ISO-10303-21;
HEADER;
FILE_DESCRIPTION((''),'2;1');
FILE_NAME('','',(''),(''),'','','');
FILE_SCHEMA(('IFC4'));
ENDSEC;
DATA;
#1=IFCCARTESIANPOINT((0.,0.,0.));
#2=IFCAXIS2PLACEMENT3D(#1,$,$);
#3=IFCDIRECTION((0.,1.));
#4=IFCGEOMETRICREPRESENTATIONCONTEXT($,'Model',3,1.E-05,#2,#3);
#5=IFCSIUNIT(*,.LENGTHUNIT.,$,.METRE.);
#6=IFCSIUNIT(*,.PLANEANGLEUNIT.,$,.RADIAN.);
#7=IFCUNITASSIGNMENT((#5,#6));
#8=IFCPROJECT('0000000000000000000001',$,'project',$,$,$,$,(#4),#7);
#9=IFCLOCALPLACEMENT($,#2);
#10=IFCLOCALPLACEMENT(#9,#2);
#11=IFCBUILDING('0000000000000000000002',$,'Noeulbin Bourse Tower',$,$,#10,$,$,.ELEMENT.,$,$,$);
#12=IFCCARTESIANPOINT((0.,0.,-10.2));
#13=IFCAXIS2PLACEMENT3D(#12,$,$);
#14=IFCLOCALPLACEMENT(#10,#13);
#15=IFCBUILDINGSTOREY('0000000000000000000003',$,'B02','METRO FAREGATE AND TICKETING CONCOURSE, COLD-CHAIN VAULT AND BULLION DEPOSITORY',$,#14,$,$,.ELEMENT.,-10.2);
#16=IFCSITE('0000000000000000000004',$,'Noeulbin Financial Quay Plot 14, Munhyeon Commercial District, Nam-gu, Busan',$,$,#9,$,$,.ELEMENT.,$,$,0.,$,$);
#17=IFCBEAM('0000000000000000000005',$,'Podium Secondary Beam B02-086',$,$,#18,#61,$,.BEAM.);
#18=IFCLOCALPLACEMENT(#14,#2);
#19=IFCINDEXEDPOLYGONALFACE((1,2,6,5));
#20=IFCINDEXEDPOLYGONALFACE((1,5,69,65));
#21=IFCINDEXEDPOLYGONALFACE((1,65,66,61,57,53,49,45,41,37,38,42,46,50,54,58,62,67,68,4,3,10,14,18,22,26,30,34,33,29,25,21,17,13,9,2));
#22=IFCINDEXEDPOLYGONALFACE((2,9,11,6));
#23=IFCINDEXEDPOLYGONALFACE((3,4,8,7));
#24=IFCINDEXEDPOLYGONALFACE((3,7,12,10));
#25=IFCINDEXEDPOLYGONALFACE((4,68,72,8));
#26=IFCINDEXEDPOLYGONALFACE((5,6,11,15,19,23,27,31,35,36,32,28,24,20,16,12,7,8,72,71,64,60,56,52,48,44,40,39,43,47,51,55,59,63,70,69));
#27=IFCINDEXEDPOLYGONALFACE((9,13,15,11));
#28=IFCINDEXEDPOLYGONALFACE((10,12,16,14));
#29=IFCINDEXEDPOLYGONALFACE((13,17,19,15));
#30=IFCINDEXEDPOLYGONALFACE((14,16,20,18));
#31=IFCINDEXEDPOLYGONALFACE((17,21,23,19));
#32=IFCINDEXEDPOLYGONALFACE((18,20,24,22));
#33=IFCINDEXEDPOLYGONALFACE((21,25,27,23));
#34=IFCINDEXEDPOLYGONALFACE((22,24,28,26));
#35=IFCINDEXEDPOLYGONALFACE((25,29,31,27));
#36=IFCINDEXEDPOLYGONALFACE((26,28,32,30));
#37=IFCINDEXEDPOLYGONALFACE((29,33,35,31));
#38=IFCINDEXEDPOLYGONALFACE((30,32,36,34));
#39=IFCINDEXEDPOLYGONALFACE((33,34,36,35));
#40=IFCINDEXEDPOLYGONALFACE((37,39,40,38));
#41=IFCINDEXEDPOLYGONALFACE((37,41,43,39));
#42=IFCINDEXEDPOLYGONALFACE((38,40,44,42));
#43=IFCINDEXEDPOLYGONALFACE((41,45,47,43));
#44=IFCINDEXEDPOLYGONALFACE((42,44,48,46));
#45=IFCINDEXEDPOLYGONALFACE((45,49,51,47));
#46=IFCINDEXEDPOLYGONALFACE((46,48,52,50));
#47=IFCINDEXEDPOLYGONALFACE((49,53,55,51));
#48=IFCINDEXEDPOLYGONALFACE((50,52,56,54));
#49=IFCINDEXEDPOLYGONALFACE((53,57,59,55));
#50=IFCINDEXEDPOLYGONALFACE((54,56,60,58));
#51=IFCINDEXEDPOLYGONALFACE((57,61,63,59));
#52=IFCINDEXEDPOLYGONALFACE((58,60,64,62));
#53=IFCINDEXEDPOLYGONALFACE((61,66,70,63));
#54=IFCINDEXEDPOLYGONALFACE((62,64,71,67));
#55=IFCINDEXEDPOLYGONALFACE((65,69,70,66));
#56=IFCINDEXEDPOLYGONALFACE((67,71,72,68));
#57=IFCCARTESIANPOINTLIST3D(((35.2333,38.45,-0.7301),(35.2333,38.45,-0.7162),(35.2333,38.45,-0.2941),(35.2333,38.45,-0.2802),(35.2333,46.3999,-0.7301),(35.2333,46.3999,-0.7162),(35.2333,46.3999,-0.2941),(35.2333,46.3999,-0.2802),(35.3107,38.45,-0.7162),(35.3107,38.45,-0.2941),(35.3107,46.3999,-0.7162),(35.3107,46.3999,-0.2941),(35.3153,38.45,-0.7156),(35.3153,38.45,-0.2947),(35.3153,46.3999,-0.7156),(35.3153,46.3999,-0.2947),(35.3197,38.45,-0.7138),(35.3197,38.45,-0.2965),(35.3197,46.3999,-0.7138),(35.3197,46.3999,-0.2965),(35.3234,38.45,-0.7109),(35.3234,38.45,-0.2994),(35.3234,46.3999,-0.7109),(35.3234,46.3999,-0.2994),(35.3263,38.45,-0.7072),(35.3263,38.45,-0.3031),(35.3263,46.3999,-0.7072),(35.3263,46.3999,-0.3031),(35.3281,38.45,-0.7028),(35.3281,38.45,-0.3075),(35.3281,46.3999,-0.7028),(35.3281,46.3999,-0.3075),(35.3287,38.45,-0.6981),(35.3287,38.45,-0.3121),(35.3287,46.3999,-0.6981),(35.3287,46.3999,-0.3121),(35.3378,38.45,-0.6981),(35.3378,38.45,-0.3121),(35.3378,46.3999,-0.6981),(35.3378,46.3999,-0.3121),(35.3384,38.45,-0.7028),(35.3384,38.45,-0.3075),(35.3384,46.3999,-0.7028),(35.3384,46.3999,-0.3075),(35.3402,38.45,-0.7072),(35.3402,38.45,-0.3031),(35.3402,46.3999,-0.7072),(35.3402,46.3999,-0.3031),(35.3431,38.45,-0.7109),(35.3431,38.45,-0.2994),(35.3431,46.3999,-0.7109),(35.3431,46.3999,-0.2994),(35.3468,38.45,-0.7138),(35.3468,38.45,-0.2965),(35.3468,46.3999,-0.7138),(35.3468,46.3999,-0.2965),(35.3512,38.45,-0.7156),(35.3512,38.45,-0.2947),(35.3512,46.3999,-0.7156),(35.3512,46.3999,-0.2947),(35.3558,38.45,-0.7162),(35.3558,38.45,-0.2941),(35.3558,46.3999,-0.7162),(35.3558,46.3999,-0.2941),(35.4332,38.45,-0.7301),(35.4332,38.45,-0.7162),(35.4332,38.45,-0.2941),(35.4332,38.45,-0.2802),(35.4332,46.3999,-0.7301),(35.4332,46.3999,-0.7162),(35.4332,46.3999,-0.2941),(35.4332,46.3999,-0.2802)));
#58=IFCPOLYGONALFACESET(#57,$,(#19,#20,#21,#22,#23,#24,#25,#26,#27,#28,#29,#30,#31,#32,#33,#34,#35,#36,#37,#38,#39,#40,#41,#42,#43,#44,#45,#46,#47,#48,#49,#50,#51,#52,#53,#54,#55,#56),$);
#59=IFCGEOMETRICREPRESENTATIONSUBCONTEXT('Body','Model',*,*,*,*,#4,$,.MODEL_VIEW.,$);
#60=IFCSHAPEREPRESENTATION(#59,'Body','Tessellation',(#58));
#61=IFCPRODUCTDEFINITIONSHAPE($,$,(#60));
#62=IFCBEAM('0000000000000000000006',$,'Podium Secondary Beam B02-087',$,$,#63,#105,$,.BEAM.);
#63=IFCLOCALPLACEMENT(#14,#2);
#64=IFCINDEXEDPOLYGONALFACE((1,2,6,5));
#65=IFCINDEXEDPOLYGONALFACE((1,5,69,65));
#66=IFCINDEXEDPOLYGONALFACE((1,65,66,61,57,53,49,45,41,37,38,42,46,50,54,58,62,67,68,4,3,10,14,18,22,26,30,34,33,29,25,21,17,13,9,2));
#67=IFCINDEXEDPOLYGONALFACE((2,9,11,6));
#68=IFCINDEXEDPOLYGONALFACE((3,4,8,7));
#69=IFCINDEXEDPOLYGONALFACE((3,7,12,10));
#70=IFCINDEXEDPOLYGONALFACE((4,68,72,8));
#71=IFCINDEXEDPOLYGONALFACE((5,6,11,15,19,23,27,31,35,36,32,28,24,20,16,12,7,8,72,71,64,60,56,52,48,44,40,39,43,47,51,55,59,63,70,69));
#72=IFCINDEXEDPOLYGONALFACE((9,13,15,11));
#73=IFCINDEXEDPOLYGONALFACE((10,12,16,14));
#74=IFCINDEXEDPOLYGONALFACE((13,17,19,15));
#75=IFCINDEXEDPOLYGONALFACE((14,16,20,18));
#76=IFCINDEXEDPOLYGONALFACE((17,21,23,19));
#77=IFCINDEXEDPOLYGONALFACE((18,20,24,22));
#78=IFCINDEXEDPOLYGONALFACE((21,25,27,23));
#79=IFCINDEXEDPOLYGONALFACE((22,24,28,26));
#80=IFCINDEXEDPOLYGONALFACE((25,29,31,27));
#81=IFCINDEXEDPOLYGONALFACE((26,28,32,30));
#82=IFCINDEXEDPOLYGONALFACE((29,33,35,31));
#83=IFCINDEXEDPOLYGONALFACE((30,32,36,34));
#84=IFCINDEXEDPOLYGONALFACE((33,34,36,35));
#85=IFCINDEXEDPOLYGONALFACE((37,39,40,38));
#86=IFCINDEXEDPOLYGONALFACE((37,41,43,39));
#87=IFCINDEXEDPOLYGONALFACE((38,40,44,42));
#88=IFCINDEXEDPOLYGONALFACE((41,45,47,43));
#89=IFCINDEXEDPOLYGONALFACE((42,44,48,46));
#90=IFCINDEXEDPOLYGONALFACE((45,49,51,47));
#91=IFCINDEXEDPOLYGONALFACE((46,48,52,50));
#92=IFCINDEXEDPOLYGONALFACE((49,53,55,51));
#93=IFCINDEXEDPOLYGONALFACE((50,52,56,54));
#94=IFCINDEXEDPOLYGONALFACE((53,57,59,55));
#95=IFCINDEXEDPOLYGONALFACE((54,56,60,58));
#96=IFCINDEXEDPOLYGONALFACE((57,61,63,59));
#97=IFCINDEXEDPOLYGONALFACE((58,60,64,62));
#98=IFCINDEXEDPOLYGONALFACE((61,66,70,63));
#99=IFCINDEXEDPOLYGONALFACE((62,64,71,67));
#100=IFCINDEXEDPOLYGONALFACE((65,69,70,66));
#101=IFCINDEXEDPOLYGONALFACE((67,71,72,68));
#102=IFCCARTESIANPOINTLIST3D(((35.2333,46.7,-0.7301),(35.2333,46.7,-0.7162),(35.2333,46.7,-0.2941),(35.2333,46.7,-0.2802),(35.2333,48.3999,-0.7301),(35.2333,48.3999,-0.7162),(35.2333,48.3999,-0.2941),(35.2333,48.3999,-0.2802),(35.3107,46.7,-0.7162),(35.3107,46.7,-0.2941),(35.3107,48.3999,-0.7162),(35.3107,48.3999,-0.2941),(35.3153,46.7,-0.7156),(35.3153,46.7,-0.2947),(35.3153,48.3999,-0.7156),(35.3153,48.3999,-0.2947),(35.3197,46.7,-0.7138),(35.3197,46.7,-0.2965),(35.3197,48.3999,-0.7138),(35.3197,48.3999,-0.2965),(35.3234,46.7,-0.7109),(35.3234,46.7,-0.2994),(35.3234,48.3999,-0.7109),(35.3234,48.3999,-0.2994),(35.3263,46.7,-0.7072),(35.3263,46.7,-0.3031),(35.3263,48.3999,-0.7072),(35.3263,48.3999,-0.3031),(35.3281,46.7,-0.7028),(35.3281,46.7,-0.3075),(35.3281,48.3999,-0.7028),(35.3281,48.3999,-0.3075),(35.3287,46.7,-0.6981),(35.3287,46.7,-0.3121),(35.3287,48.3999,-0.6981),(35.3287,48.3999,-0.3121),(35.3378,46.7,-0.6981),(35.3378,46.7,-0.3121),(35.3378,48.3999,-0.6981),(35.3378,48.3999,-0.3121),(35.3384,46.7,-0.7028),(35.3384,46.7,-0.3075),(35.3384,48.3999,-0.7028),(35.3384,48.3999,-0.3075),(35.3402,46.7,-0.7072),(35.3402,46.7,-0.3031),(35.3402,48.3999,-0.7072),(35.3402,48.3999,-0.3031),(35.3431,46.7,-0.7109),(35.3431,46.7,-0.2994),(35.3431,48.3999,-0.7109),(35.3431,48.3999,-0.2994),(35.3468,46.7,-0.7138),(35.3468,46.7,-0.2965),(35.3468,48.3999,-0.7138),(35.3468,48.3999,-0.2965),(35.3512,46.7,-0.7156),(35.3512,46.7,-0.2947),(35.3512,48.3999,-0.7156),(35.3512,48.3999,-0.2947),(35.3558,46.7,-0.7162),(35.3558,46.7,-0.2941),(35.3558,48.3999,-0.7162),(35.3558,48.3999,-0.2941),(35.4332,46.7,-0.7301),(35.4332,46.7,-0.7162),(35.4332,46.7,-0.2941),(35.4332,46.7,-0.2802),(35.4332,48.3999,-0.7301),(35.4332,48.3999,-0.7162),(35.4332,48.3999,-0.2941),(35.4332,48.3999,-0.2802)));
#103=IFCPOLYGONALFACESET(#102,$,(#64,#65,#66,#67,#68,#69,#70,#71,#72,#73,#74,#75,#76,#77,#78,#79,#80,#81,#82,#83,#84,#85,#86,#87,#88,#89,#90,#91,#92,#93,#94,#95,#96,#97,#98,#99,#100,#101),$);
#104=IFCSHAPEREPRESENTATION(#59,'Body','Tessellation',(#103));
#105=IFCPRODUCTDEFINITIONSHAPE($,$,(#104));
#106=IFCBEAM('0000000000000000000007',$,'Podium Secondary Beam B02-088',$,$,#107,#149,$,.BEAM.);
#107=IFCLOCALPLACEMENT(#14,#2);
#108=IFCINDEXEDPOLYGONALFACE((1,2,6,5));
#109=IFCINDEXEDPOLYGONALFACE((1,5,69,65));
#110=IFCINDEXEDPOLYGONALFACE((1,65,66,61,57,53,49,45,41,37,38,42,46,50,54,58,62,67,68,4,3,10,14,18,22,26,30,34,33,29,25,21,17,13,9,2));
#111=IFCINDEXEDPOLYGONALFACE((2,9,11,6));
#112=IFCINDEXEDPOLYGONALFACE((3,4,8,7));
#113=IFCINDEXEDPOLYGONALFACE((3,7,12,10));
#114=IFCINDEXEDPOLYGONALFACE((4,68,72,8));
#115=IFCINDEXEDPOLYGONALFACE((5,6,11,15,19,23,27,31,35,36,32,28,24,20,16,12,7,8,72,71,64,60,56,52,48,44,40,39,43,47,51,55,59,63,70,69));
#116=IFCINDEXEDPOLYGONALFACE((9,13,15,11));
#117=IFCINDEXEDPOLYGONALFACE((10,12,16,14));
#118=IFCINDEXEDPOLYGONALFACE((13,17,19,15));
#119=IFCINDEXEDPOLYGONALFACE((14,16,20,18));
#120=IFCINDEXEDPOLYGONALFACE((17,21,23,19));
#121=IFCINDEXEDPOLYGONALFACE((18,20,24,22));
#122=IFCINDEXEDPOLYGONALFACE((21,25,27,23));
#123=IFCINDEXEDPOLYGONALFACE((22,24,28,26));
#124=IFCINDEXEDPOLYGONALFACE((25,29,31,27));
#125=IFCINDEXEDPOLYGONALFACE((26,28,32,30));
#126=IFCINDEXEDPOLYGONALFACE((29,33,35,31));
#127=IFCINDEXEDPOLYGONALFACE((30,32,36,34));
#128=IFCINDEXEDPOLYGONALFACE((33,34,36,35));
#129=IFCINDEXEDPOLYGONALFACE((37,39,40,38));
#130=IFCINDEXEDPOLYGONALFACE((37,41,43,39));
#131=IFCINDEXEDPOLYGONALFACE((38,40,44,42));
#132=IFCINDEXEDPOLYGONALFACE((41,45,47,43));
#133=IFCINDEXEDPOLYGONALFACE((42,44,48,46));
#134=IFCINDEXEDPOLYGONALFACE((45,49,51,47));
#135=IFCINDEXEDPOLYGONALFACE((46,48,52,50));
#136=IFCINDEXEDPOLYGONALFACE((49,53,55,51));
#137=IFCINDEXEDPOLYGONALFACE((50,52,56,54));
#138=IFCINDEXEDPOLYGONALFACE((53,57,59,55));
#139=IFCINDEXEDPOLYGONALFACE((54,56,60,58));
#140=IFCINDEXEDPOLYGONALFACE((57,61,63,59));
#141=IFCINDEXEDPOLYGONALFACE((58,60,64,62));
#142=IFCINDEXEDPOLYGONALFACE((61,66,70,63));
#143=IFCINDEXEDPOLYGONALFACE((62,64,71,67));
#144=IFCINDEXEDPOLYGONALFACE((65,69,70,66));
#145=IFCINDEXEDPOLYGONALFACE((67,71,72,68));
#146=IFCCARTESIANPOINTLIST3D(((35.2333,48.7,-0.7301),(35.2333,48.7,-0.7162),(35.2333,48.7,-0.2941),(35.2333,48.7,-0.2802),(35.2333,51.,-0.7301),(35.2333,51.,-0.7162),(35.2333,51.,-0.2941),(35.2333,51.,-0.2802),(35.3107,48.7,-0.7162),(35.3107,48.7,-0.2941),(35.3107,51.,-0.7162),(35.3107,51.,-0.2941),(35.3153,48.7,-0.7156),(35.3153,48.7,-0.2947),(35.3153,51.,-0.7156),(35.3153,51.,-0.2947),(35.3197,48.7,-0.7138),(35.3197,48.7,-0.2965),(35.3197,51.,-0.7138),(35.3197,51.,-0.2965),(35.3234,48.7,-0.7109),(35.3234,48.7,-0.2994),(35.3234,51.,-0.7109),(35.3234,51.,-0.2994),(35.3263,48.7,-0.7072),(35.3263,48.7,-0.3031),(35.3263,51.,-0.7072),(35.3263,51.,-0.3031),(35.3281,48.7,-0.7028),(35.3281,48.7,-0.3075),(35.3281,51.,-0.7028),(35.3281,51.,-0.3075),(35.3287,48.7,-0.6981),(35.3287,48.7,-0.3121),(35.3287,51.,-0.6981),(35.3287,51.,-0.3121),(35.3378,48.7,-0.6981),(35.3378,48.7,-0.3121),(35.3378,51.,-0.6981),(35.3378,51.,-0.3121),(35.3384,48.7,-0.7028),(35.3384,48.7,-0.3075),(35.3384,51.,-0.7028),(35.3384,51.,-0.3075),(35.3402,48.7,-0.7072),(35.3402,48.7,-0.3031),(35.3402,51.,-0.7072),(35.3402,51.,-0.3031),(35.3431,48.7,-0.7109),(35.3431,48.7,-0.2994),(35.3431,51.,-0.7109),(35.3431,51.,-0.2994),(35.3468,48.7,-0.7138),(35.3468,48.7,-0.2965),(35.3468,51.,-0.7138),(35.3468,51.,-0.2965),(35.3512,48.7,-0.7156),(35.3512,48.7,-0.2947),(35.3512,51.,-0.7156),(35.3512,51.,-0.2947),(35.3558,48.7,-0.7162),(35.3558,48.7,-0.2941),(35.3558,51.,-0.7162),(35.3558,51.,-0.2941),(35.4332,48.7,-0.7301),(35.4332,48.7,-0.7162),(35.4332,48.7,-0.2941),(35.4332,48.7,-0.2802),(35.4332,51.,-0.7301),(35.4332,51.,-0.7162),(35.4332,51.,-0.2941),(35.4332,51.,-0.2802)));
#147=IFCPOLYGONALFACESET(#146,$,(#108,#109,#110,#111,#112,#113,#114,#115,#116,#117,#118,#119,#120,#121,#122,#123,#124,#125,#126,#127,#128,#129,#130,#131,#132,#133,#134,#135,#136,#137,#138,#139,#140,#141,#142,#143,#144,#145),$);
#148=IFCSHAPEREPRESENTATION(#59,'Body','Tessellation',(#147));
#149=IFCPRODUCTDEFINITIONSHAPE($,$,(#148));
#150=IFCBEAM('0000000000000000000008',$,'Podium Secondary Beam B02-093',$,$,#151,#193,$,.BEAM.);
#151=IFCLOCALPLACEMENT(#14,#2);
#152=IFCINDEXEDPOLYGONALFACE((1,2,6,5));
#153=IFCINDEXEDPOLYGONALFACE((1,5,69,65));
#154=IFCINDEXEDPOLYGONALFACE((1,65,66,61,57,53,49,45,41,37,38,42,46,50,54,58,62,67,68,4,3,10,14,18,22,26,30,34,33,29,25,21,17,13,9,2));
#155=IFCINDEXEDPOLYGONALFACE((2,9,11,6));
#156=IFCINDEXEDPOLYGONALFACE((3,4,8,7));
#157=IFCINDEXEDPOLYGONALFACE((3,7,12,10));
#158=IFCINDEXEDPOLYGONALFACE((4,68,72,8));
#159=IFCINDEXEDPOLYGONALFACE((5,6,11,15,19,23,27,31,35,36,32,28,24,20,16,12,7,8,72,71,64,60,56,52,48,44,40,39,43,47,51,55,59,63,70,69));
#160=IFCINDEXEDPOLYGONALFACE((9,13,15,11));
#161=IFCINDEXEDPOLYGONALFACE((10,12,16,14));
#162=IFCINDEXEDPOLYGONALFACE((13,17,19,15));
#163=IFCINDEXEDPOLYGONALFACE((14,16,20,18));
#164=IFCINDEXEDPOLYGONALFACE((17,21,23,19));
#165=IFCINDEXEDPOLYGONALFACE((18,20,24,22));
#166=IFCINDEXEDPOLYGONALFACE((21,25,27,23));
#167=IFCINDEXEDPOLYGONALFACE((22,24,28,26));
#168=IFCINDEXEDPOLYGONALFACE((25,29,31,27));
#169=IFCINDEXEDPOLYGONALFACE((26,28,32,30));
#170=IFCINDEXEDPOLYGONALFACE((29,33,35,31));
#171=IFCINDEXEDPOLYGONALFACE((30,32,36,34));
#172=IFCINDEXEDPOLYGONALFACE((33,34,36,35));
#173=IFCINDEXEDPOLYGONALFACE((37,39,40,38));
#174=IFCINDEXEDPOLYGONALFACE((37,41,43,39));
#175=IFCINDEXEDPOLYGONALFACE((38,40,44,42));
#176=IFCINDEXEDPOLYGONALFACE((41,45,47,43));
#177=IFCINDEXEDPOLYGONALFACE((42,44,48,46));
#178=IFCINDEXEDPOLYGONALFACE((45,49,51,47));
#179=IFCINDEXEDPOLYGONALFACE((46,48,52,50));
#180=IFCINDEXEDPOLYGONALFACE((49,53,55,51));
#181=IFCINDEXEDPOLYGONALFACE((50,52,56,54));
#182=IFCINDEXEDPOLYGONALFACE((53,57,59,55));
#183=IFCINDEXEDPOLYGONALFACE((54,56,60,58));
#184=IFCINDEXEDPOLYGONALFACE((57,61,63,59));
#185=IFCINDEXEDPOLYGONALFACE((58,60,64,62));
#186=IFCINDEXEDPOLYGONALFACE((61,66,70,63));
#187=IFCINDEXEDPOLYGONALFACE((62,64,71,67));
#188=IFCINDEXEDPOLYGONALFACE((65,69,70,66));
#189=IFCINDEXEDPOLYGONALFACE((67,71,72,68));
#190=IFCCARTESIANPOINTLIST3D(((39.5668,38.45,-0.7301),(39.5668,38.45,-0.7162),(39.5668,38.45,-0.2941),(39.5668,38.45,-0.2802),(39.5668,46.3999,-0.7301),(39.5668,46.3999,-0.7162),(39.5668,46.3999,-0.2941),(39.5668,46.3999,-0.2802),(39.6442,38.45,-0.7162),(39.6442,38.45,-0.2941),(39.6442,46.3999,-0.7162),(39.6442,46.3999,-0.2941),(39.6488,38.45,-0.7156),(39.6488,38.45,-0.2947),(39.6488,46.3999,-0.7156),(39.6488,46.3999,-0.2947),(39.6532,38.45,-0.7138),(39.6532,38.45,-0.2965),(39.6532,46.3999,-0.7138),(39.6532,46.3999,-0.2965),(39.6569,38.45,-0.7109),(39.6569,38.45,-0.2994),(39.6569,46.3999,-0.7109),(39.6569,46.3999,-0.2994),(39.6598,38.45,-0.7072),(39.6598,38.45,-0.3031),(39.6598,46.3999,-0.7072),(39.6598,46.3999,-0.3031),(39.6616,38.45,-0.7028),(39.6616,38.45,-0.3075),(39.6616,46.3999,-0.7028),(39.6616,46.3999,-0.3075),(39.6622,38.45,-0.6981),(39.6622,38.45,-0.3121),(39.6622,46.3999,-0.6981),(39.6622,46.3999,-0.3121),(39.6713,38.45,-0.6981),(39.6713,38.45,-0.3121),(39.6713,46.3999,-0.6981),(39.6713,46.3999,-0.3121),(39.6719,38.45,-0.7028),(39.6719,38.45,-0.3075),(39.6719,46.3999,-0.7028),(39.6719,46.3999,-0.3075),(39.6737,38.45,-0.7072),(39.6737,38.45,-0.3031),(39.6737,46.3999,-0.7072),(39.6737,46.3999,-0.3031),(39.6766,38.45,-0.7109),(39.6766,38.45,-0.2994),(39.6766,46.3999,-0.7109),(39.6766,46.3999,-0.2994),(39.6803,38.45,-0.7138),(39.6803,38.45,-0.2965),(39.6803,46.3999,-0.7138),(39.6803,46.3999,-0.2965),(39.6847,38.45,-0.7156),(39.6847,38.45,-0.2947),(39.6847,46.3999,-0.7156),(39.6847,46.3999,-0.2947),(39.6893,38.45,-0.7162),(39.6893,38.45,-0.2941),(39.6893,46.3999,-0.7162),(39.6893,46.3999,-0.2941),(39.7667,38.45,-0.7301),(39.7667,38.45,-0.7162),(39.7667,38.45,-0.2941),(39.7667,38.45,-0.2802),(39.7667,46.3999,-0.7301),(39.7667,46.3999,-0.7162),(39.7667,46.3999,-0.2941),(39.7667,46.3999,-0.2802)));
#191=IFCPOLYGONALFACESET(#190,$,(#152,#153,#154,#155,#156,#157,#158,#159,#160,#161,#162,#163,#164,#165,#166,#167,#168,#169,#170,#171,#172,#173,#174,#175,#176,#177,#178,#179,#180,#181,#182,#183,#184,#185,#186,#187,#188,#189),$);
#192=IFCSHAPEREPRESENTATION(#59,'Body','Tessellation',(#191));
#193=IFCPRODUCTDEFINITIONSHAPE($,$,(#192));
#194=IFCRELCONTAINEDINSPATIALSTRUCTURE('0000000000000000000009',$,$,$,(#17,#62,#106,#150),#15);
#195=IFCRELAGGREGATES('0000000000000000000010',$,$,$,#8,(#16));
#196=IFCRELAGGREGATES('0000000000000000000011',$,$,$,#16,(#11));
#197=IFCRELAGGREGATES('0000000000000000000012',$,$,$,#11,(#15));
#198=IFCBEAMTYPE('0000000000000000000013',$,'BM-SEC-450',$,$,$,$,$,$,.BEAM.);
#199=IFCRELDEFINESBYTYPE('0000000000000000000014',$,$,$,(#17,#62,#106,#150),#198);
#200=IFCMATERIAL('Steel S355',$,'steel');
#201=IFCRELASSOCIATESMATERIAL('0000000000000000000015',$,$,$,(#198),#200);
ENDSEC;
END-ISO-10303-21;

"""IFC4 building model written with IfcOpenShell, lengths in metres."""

from ifc_helpers import new_model, si_unit, direction, frame, origin, origin_2d, place, context, subcontext, project, spatial, i_section, extrude, material, material_profile, profile_set, type_object, element, save


model = new_model("IFC4")

# Units and contexts
model_context = context("Model", 3, precision=1e-05, world=origin(), true_north=direction((0.0, 1.0)))
body_context = subcontext(model_context, "Body", "Model", "MODEL_VIEW")
ifc_project = project(units=[si_unit("LENGTHUNIT", "METRE"), si_unit("PLANEANGLEUNIT", "RADIAN")], contexts=[model_context])

# Site, building, storey
site_placement = place(None, origin())
site = spatial("IfcSite", under=ifc_project, at=site_placement, Name="Noeulbin Financial Quay Plot 14, Munhyeon Commercial District, Nam-gu, Busan", CompositionType="ELEMENT", RefElevation=0.0)
building_placement = place(site_placement, origin())
building = spatial("IfcBuilding", under=site, at=building_placement, Name="Noeulbin Bourse Tower", CompositionType="ELEMENT")
storey_placement = place(building_placement, frame((0.0, 0.0, -10.2)))
storey = spatial("IfcBuildingStorey", under=building, at=storey_placement, Name="B02", Description="METRO FAREGATE AND TICKETING CONCOURSE, COLD-CHAIN VAULT AND BULLION DEPOSITORY", CompositionType="ELEMENT", Elevation=-10.2)

# Beams
ifc_material_1 = material(Name="Steel S355", Category="steel")
ifc_material_profile_1 = material_profile(ifc_material_1, i_section(OverallWidth=0.2, OverallDepth=0.45, WebThickness=0.009, FlangeThickness=0.0139, FilletRadius=0.0181, at=origin_2d()), Name="H-450x200x9x14", Category="LoadBearing")
ifc_profile_set_1 = profile_set([ifc_material_profile_1], Name="Steel S355")
beam_type_1 = type_object("IfcBeamType", Name="BM-SEC-450", PredefinedType="BEAM", material=ifc_profile_set_1)
beam_1_placement = place(storey_placement, frame((35.3333, 38.45, -0.5051), z_axis=(0.0, 1.0, 0.0), x_axis=(-1.0, 0.0, 0.0)))
element("IfcBeam", 1, at=beam_1_placement, inside=storey, type_object=beam_type_1, Name="Podium Secondary Beam B02-086", PredefinedType="BEAM", context=body_context, shape_type="SweptSolid", body=[
    extrude(i_section(OverallWidth=0.2, OverallDepth=0.45, WebThickness=0.009, FlangeThickness=0.0139, FilletRadius=0.0181, at=origin_2d()), origin(), (0.0, 0.0, 1.0), 7.95),
])
beam_2_placement = place(storey_placement, frame((35.3333, 46.7, -0.5051), z_axis=(0.0, 1.0, 0.0), x_axis=(-1.0, 0.0, 0.0)))
element("IfcBeam", 2, at=beam_2_placement, inside=storey, type_object=beam_type_1, Name="Podium Secondary Beam B02-087", PredefinedType="BEAM", context=body_context, shape_type="SweptSolid", body=[
    extrude(i_section(OverallWidth=0.2, OverallDepth=0.45, WebThickness=0.009, FlangeThickness=0.0139, FilletRadius=0.0181, at=origin_2d()), origin(), (0.0, 0.0, 1.0), 1.7),
])
beam_3_placement = place(storey_placement, frame((35.3333, 48.7, -0.5051), z_axis=(0.0, 1.0, 0.0), x_axis=(-1.0, 0.0, 0.0)))
element("IfcBeam", 3, at=beam_3_placement, inside=storey, type_object=beam_type_1, Name="Podium Secondary Beam B02-088", PredefinedType="BEAM", context=body_context, shape_type="SweptSolid", body=[
    extrude(i_section(OverallWidth=0.2, OverallDepth=0.45, WebThickness=0.009, FlangeThickness=0.0139, FilletRadius=0.0181, at=origin_2d()), origin(), (0.0, 0.0, 1.0), 2.3),
])
beam_4_placement = place(storey_placement, frame((39.6667, 38.45, -0.5051), z_axis=(0.0, 1.0, 0.0), x_axis=(-1.0, 0.0, 0.0)))
element("IfcBeam", 4, at=beam_4_placement, inside=storey, type_object=beam_type_1, Name="Podium Secondary Beam B02-093", PredefinedType="BEAM", context=body_context, shape_type="SweptSolid", body=[
    extrude(i_section(OverallWidth=0.2, OverallDepth=0.45, WebThickness=0.009, FlangeThickness=0.0139, FilletRadius=0.0181, at=origin_2d()), origin(), (0.0, 0.0, 1.0), 7.95),
])

save(model, "model.ifc")
